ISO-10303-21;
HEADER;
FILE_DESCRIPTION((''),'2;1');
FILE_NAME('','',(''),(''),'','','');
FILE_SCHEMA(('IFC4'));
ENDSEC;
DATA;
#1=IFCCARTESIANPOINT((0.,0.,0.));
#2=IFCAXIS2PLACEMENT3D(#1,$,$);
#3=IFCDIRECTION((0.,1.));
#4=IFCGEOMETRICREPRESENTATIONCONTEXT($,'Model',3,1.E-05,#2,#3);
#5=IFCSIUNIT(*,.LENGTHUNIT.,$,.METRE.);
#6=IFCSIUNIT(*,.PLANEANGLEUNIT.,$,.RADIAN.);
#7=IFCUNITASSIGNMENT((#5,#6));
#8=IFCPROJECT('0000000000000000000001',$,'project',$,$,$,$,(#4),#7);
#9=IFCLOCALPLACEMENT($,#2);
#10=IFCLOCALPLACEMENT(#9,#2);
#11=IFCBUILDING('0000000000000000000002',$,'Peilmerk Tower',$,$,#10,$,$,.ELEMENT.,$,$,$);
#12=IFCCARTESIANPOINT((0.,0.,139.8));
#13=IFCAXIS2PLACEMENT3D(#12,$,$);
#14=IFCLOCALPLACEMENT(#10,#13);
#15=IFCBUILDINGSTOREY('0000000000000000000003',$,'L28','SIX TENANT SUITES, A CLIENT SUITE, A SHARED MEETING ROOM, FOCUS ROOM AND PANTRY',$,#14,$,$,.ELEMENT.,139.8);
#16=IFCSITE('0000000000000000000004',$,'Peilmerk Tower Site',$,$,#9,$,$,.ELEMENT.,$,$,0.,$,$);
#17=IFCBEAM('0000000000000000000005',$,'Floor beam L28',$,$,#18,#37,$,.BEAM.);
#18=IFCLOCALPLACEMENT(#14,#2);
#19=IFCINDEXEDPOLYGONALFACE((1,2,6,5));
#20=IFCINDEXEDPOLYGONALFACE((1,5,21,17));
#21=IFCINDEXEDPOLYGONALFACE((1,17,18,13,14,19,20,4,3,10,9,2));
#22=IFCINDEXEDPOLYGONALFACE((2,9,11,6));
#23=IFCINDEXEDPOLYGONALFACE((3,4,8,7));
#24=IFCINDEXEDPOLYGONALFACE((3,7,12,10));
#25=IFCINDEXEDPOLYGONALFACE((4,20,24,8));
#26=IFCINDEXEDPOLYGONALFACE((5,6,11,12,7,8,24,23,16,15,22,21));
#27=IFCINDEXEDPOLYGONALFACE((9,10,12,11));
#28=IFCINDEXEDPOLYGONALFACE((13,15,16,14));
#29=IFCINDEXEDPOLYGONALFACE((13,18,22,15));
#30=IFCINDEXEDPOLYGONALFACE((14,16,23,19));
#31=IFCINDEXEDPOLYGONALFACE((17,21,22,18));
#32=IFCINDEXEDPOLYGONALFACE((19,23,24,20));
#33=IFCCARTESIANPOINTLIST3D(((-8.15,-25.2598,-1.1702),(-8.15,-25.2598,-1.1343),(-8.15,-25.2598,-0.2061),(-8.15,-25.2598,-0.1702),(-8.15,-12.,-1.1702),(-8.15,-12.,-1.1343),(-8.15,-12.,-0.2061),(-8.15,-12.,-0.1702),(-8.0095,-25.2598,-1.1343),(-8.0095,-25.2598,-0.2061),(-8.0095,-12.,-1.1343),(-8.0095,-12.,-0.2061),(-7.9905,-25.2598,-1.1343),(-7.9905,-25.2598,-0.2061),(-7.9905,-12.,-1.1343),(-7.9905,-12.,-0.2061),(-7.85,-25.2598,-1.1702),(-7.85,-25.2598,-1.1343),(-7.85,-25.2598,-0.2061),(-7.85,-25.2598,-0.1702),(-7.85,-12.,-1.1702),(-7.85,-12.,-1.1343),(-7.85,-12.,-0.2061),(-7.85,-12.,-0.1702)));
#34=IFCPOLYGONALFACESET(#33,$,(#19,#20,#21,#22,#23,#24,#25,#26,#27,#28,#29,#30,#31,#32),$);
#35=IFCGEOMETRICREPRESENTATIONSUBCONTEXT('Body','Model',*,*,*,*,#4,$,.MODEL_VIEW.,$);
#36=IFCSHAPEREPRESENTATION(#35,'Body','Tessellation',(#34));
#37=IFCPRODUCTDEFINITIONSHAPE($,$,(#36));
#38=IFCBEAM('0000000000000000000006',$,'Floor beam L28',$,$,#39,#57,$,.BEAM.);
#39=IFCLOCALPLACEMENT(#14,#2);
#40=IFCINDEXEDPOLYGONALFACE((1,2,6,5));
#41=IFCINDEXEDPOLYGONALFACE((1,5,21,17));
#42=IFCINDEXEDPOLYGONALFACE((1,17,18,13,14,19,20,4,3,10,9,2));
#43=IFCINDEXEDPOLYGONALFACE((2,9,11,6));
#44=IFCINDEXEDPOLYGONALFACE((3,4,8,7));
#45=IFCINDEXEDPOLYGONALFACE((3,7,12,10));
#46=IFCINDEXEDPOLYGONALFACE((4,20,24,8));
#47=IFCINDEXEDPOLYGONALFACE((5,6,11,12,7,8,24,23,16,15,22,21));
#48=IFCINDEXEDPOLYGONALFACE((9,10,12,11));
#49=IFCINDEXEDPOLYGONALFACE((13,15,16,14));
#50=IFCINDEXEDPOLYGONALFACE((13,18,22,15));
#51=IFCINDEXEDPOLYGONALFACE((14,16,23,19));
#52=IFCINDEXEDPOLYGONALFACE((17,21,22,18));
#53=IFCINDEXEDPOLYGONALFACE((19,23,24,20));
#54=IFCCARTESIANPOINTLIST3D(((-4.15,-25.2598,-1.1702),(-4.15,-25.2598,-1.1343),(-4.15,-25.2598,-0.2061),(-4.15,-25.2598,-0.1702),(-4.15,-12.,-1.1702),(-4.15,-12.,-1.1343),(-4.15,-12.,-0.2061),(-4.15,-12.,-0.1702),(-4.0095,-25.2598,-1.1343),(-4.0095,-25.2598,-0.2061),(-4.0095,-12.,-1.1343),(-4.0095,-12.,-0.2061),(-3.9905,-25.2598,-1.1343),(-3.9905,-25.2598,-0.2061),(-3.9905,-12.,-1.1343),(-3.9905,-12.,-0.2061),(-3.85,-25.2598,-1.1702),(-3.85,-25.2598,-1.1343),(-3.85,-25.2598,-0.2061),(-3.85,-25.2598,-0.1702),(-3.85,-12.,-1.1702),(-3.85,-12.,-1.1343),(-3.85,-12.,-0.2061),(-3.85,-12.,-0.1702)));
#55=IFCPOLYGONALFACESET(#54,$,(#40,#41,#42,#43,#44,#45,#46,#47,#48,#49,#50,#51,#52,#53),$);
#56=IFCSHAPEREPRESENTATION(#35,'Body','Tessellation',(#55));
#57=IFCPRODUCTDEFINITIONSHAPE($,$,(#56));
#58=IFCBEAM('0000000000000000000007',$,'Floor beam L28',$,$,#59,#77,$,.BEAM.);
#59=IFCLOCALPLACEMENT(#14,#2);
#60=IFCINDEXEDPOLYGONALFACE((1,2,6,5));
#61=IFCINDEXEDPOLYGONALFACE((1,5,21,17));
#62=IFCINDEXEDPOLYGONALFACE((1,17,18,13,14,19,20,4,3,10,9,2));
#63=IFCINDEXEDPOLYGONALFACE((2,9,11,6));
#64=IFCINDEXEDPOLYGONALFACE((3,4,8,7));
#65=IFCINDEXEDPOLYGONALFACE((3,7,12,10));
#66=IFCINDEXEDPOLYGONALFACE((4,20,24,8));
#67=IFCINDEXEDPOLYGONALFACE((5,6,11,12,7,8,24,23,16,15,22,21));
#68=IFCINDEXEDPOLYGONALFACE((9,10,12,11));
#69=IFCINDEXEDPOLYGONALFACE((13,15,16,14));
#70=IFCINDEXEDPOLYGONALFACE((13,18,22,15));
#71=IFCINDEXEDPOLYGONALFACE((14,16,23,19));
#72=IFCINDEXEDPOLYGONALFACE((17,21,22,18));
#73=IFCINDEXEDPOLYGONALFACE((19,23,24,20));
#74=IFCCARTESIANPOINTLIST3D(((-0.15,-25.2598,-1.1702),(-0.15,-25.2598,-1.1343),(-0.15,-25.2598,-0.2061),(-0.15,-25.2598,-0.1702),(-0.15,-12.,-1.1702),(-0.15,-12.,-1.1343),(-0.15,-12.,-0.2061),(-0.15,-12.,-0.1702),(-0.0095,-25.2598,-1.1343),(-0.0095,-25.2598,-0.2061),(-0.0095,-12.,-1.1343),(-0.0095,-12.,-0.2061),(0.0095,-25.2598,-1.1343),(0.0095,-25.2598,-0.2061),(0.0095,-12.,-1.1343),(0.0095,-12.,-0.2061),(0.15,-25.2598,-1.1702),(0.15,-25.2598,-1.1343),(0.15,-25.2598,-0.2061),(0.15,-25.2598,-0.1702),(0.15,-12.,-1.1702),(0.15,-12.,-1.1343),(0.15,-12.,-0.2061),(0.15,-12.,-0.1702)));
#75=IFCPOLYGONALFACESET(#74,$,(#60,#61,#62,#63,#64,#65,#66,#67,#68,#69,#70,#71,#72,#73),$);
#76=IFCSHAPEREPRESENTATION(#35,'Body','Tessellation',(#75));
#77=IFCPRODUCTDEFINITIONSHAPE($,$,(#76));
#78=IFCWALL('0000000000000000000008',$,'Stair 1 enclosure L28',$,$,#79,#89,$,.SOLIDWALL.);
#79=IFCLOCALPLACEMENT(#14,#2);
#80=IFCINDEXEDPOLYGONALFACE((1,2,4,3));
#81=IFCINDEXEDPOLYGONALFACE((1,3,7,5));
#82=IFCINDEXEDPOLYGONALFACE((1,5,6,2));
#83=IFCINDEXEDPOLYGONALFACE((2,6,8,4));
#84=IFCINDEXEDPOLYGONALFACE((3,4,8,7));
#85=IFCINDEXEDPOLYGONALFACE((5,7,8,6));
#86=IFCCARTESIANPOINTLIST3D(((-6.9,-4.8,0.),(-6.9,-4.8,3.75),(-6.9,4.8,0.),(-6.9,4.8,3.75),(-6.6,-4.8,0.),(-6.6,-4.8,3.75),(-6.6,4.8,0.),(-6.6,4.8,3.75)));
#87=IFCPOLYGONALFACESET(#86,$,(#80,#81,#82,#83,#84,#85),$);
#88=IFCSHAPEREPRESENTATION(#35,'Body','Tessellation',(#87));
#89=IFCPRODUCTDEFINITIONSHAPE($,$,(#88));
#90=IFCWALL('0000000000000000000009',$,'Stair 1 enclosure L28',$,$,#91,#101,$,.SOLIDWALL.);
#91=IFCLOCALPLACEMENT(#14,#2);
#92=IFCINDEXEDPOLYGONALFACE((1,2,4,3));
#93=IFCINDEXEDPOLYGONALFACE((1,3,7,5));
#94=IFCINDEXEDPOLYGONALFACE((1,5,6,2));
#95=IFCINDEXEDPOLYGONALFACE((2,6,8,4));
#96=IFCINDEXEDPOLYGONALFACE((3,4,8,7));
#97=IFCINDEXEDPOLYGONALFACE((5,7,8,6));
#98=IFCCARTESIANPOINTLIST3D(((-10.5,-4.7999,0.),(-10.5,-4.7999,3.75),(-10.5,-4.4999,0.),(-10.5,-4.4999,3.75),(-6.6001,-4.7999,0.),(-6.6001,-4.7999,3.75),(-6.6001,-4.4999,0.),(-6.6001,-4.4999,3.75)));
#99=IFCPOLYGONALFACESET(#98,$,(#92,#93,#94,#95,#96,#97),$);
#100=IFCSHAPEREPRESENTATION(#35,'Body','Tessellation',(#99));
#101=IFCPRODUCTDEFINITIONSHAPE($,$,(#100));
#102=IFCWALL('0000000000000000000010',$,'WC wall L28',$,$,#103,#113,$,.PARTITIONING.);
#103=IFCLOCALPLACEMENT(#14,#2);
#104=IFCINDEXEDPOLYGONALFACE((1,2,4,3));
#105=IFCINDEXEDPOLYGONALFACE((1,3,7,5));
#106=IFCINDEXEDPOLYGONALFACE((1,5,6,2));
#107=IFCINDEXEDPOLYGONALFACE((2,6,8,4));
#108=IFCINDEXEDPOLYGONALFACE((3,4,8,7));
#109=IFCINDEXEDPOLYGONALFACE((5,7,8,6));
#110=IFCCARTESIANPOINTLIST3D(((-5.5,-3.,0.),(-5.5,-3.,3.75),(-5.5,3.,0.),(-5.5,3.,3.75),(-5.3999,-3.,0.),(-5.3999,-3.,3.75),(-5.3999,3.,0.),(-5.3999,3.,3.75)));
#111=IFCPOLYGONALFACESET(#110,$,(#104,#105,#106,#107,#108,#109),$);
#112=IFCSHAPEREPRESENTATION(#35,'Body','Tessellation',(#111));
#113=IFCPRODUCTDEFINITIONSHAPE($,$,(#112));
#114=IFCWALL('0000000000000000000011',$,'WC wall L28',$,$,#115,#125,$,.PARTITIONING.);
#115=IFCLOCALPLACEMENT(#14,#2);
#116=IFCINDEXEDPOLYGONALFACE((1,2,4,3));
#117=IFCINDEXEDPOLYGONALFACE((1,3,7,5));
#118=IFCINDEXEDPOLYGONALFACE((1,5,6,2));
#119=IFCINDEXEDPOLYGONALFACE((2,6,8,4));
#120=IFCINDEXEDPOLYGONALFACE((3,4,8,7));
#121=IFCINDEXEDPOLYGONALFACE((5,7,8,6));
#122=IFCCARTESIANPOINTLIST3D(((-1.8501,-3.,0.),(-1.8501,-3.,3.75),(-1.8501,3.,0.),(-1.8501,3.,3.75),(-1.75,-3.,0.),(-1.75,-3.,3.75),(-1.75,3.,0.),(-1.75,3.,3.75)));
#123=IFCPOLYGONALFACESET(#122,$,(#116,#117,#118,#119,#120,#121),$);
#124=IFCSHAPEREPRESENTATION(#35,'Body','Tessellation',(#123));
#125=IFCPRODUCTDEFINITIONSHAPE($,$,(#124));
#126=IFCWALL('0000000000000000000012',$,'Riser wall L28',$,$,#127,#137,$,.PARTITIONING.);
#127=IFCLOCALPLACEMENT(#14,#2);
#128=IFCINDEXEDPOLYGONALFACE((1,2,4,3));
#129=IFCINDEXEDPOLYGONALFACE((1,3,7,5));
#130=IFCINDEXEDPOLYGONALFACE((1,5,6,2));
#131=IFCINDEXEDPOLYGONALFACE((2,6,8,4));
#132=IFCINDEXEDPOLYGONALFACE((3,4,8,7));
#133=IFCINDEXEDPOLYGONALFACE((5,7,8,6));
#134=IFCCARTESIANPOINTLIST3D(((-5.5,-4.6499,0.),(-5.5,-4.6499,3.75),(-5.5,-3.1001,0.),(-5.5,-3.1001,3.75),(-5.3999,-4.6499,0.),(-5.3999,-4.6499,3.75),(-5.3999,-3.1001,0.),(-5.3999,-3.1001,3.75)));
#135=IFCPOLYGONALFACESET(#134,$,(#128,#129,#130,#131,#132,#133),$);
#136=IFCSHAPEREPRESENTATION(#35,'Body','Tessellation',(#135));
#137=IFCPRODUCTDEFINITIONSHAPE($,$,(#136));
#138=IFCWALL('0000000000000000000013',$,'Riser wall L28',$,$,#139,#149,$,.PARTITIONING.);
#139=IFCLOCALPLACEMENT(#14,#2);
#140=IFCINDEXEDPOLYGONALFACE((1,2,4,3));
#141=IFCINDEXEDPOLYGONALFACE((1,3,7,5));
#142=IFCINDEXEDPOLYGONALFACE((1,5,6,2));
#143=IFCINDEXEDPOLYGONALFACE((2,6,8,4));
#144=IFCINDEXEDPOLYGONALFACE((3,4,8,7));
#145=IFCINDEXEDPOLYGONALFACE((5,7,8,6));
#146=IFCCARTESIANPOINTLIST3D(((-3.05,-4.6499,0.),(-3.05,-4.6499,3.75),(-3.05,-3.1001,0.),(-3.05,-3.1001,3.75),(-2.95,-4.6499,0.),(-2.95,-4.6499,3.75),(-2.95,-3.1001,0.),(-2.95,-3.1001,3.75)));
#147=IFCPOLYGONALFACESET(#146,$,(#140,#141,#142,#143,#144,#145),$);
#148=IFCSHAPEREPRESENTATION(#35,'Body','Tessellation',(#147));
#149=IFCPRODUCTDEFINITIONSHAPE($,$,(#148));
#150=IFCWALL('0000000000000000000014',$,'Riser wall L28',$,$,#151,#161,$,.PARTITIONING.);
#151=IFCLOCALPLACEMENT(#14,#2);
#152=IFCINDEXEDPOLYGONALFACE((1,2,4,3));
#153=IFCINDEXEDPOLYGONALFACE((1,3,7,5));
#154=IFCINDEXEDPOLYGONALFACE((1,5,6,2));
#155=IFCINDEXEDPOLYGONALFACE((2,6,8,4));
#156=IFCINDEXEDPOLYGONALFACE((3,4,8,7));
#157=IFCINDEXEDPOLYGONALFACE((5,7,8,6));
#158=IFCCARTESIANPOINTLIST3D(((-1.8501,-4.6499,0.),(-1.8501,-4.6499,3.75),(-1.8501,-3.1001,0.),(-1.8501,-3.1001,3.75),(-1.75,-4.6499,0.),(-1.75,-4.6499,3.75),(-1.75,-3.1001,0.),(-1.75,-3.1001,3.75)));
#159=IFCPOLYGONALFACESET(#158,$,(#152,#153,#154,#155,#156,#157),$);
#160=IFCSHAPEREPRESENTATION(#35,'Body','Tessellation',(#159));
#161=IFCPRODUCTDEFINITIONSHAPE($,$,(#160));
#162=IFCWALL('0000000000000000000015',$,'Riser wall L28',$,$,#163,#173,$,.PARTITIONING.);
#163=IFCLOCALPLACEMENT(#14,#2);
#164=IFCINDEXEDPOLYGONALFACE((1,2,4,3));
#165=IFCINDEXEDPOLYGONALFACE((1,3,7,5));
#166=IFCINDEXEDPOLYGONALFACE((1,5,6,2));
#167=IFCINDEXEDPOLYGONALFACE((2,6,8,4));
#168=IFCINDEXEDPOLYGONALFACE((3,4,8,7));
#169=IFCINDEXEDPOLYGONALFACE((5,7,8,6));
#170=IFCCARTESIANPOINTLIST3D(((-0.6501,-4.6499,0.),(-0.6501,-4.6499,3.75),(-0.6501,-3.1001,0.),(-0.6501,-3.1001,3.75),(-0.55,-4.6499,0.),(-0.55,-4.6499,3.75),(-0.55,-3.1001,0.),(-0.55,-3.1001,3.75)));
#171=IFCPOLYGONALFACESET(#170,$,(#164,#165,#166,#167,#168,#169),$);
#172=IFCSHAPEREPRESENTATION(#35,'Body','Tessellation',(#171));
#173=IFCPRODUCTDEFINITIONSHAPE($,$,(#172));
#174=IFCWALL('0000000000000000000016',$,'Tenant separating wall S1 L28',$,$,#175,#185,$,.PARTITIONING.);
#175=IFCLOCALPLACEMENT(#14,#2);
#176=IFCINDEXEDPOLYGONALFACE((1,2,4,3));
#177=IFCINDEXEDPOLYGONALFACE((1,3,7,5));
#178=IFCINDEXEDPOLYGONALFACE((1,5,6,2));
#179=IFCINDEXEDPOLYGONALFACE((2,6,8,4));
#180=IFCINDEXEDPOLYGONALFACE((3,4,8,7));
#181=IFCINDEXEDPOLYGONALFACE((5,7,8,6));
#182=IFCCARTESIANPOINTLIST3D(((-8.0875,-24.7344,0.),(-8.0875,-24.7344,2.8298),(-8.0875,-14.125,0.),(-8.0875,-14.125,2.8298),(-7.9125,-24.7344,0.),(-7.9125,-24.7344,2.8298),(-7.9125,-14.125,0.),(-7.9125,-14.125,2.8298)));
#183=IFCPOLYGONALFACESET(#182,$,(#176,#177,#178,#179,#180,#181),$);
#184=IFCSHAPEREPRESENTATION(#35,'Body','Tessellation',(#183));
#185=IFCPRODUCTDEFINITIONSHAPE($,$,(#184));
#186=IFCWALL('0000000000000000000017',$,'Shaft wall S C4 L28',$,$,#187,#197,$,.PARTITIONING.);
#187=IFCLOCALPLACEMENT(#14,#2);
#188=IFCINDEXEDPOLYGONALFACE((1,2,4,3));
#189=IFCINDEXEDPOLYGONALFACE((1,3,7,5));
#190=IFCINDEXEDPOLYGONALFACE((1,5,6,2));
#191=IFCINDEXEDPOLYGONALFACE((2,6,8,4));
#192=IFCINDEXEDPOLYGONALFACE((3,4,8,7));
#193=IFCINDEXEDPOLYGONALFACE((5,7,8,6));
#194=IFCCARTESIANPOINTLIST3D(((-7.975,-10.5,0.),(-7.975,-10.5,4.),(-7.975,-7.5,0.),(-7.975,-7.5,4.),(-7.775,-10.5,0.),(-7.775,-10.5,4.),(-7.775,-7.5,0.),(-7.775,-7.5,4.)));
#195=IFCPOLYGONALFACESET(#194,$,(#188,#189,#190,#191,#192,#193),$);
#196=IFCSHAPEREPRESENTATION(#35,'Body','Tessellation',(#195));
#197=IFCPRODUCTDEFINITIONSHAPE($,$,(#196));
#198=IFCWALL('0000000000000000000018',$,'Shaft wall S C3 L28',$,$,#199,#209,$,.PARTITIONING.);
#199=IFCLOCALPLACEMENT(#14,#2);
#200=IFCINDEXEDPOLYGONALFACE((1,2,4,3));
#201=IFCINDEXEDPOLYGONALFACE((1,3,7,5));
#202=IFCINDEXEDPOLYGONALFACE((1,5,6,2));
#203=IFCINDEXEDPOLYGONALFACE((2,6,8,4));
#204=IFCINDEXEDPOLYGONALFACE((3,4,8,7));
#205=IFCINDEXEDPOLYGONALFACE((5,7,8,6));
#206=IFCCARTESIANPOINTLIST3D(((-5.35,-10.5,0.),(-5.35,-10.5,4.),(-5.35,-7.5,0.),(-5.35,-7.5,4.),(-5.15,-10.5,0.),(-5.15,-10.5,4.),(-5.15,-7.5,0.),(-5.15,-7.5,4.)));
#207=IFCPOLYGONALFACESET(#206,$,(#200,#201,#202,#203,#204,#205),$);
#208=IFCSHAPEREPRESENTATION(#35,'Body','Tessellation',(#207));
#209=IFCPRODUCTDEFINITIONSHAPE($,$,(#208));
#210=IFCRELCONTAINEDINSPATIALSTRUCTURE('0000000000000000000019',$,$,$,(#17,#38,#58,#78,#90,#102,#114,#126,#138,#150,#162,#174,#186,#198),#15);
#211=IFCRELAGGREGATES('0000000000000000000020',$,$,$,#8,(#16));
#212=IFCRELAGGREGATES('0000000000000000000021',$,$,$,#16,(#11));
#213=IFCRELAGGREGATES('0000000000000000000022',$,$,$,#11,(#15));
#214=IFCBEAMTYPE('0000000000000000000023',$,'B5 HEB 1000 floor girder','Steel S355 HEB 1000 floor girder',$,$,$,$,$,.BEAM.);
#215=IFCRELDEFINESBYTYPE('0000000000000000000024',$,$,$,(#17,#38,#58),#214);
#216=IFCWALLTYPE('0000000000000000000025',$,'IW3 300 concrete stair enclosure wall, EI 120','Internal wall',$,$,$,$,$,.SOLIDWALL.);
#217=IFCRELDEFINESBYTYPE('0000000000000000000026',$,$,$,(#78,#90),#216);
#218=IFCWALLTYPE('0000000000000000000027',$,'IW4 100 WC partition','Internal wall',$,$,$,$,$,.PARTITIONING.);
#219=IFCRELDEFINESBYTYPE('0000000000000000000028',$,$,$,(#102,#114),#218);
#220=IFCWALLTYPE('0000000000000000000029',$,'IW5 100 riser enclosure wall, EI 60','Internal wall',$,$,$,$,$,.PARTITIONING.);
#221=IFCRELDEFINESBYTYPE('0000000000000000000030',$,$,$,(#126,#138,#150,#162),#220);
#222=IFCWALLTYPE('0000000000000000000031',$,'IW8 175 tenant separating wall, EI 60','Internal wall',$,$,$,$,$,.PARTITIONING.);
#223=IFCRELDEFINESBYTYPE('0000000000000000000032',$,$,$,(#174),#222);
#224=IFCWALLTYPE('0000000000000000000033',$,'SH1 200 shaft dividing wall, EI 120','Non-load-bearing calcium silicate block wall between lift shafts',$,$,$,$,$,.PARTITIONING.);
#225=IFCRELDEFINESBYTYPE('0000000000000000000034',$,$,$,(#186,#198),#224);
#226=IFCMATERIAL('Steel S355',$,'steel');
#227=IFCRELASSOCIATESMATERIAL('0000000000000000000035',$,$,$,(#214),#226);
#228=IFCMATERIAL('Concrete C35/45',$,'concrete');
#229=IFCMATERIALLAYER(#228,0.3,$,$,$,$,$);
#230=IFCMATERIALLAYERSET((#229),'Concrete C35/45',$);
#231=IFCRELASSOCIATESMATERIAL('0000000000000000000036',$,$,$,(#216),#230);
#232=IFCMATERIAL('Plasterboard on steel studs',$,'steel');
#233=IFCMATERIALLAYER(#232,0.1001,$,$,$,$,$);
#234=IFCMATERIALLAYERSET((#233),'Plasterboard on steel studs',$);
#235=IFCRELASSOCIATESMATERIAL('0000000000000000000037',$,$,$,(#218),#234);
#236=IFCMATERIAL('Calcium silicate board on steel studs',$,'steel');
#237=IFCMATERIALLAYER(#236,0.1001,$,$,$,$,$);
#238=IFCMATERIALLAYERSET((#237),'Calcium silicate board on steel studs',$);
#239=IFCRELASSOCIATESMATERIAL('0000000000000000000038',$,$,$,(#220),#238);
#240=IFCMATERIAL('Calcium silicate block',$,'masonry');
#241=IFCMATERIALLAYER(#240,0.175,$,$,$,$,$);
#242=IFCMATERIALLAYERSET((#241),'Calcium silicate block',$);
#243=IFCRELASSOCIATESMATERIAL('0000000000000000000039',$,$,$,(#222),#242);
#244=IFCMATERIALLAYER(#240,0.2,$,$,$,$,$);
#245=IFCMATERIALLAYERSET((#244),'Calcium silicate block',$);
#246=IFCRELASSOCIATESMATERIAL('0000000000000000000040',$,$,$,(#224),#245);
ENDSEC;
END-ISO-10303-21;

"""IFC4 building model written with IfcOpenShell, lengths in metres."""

from ifc_helpers import new_model, si_unit, direction, frame, frame_2d, origin, origin_2d, place, context, subcontext, project, spatial, rectangle, i_section, extrude, material, layer, layer_set, material_profile, profile_set, type_object, element, save


model = new_model("IFC4")

# Units and contexts
model_context = context("Model", 3, precision=1e-05, world=origin(), true_north=direction((0.0, 1.0)))
body_context = subcontext(model_context, "Body", "Model", "MODEL_VIEW")
ifc_project = project(units=[si_unit("LENGTHUNIT", "METRE"), si_unit("PLANEANGLEUNIT", "RADIAN")], contexts=[model_context])

# Site, building, storey
site_placement = place(None, origin())
site = spatial("IfcSite", under=ifc_project, at=site_placement, Name="Peilmerk Tower Site", CompositionType="ELEMENT", RefElevation=0.0)
building_placement = place(site_placement, origin())
building = spatial("IfcBuilding", under=site, at=building_placement, Name="Peilmerk Tower", CompositionType="ELEMENT")
storey_placement = place(building_placement, frame((0.0, 0.0, 139.8)))
storey = spatial("IfcBuildingStorey", under=building, at=storey_placement, Name="L28", Description="SIX TENANT SUITES, A CLIENT SUITE, A SHARED MEETING ROOM, FOCUS ROOM AND PANTRY", CompositionType="ELEMENT", Elevation=139.8)

# Beams
ifc_material_1 = material(Name="Steel S355", Category="steel")
ifc_material_profile = material_profile(ifc_material_1, i_section(OverallWidth=0.3, OverallDepth=1.0, WebThickness=0.019, FlangeThickness=0.0359, at=origin_2d()), Name="HEB 1000")
ifc_profile_set = profile_set([ifc_material_profile], Name="Steel S355")
beam_type = type_object("IfcBeamType", Name="B5 HEB 1000 floor girder", Description="Steel S355 HEB 1000 floor girder", PredefinedType="BEAM", material=ifc_profile_set)
for number, where, z_axis, x_axis, name in (
    (1, (-8.0, -12.0, -0.6702), (0.0, -1.0, 0.0), (1.0, 0.0, 0.0), "Floor beam L28"),
    (2, (-4.0, -12.0, -0.6702), (0.0, -1.0, 0.0), (1.0, 0.0, 0.0), "Floor beam L28"),
    (3, (0.0, -12.0, -0.6702), (0.0, -1.0, 0.0), (1.0, 0.0, 0.0), "Floor beam L28"),
):
    element("IfcBeam", number, at=place(storey_placement, frame(where, z_axis=z_axis, x_axis=x_axis)), inside=storey, type_object=beam_type, Name=name, PredefinedType="BEAM", context=body_context, shape_type="SweptSolid", body=[
        extrude(i_section(OverallWidth=0.3, OverallDepth=1.0, WebThickness=0.019, FlangeThickness=0.0359, at=origin_2d()), origin(), (0.0, 0.0, 1.0), 13.2598),
    ])

# Walls
ifc_material_2 = material(Name="Concrete C35/45", Category="concrete")
ifc_layer_1 = layer(ifc_material_2, 0.3)
ifc_layer_set_1 = layer_set([ifc_layer_1], Name="Concrete C35/45")
wall_type_1 = type_object("IfcWallType", Name="IW3 300 concrete stair enclosure wall, EI 120", Description="Internal wall", PredefinedType="SOLIDWALL", material=ifc_layer_set_1)
wall_1_placement = place(storey_placement, frame((-6.75, -4.8, 0.0), z_axis=(0.0, 0.0, 1.0), x_axis=(0.0, 1.0, 0.0)))
element("IfcWall", 4, at=wall_1_placement, inside=storey, type_object=wall_type_1, Name="Stair 1 enclosure L28", PredefinedType="SOLIDWALL", context=body_context, shape_type="SweptSolid", body=[
    extrude(rectangle(XDim=9.6001, YDim=0.3, at=frame_2d((4.8, 0.0))), origin(), (0.0, 0.0, 1.0), 3.75),
])
wall_2_placement = place(storey_placement, frame((-6.6001, -4.6499, 0.0), z_axis=(0.0, 0.0, 1.0), x_axis=(-1.0, 0.0, 0.0)))
element("IfcWall", 5, at=wall_2_placement, inside=storey, type_object=wall_type_1, Name="Stair 1 enclosure L28", PredefinedType="SOLIDWALL", context=body_context, shape_type="SweptSolid", body=[
    extrude(rectangle(XDim=3.8999, YDim=0.3, at=frame_2d((1.95, 0.0))), origin(), (0.0, 0.0, 1.0), 3.75),
])
ifc_material_3 = material(Name="Plasterboard on steel studs", Category="steel")
ifc_layer_2 = layer(ifc_material_3, 0.1001)
ifc_layer_set_2 = layer_set([ifc_layer_2], Name="Plasterboard on steel studs")
wall_type_2 = type_object("IfcWallType", Name="IW4 100 WC partition", Description="Internal wall", PredefinedType="PARTITIONING", material=ifc_layer_set_2)
for number, where, z_axis, x_axis, name in (
    (6, (-5.45, -3.0, 0.0), (0.0, 0.0, 1.0), (0.0, 1.0, 0.0), "WC wall L28"),
    (7, (-1.8, -3.0, 0.0), (0.0, 0.0, 1.0), (0.0, 1.0, 0.0), "WC wall L28"),
):
    element("IfcWall", number, at=place(storey_placement, frame(where, z_axis=z_axis, x_axis=x_axis)), inside=storey, type_object=wall_type_2, Name=name, PredefinedType="PARTITIONING", context=body_context, shape_type="SweptSolid", body=[
        extrude(rectangle(XDim=6.0, YDim=0.1001, at=frame_2d((3.0, 0.0))), origin(), (0.0, 0.0, 1.0), 3.75),
    ])
ifc_material_4 = material(Name="Calcium silicate board on steel studs", Category="steel")
ifc_layer_3 = layer(ifc_material_4, 0.1001)
ifc_layer_set_3 = layer_set([ifc_layer_3], Name="Calcium silicate board on steel studs")
wall_type_3 = type_object("IfcWallType", Name="IW5 100 riser enclosure wall, EI 60", Description="Internal wall", PredefinedType="PARTITIONING", material=ifc_layer_set_3)
for number, where, z_axis, x_axis, name in (
    (8, (-5.45, -3.1001, 0.0), (0.0, 0.0, 1.0), (0.0, -1.0, 0.0), "Riser wall L28"),
    (9, (-3.0, -3.1001, 0.0), (0.0, 0.0, 1.0), (0.0, -1.0, 0.0), "Riser wall L28"),
    (10, (-1.8, -3.1001, 0.0), (0.0, 0.0, 1.0), (0.0, -1.0, 0.0), "Riser wall L28"),
    (11, (-0.6001, -3.1001, 0.0), (0.0, 0.0, 1.0), (0.0, -1.0, 0.0), "Riser wall L28"),
):
    element("IfcWall", number, at=place(storey_placement, frame(where, z_axis=z_axis, x_axis=x_axis)), inside=storey, type_object=wall_type_3, Name=name, PredefinedType="PARTITIONING", context=body_context, shape_type="SweptSolid", body=[
        extrude(rectangle(XDim=1.5498, YDim=0.1001, at=frame_2d((0.7749, 0.0))), origin(), (0.0, 0.0, 1.0), 3.75),
    ])
ifc_material_5 = material(Name="Calcium silicate block", Category="masonry")
ifc_layer_4 = layer(ifc_material_5, 0.175)
ifc_layer_set_4 = layer_set([ifc_layer_4], Name="Calcium silicate block")
wall_type_4 = type_object("IfcWallType", Name="IW8 175 tenant separating wall, EI 60", Description="Internal wall", PredefinedType="PARTITIONING", material=ifc_layer_set_4)
wall_3_placement = place(storey_placement, frame((-8.0, -14.125, 0.0), z_axis=(0.0, 0.0, 1.0), x_axis=(0.0, -1.0, 0.0)))
element("IfcWall", 12, at=wall_3_placement, inside=storey, type_object=wall_type_4, Name="Tenant separating wall S1 L28", PredefinedType="PARTITIONING", context=body_context, shape_type="SweptSolid", body=[
    extrude(rectangle(XDim=10.6094, YDim=0.175, at=frame_2d((5.3047, 0.0))), origin(), (0.0, 0.0, 1.0), 2.8298),
])
ifc_layer_5 = layer(ifc_material_5, 0.2)
ifc_layer_set_5 = layer_set([ifc_layer_5], Name="Calcium silicate block")
wall_type_5 = type_object("IfcWallType", Name="SH1 200 shaft dividing wall, EI 120", Description="Non-load-bearing calcium silicate block wall between lift shafts", PredefinedType="PARTITIONING", material=ifc_layer_set_5)
for number, where, z_axis, x_axis, name in (
    (13, (-7.875, -10.5, 0.0), (0.0, 0.0, 1.0), (0.0, 1.0, 0.0), "Shaft wall S C4 L28"),
    (14, (-5.25, -10.5, 0.0), (0.0, 0.0, 1.0), (0.0, 1.0, 0.0), "Shaft wall S C3 L28"),
):
    element("IfcWall", number, at=place(storey_placement, frame(where, z_axis=z_axis, x_axis=x_axis)), inside=storey, type_object=wall_type_5, Name=name, PredefinedType="PARTITIONING", context=body_context, shape_type="SweptSolid", body=[
        extrude(rectangle(XDim=3.0, YDim=0.2, at=frame_2d((1.5, 0.0))), origin(), (0.0, 0.0, 1.0), 4.0),
    ])

save(model, "model.ifc")
